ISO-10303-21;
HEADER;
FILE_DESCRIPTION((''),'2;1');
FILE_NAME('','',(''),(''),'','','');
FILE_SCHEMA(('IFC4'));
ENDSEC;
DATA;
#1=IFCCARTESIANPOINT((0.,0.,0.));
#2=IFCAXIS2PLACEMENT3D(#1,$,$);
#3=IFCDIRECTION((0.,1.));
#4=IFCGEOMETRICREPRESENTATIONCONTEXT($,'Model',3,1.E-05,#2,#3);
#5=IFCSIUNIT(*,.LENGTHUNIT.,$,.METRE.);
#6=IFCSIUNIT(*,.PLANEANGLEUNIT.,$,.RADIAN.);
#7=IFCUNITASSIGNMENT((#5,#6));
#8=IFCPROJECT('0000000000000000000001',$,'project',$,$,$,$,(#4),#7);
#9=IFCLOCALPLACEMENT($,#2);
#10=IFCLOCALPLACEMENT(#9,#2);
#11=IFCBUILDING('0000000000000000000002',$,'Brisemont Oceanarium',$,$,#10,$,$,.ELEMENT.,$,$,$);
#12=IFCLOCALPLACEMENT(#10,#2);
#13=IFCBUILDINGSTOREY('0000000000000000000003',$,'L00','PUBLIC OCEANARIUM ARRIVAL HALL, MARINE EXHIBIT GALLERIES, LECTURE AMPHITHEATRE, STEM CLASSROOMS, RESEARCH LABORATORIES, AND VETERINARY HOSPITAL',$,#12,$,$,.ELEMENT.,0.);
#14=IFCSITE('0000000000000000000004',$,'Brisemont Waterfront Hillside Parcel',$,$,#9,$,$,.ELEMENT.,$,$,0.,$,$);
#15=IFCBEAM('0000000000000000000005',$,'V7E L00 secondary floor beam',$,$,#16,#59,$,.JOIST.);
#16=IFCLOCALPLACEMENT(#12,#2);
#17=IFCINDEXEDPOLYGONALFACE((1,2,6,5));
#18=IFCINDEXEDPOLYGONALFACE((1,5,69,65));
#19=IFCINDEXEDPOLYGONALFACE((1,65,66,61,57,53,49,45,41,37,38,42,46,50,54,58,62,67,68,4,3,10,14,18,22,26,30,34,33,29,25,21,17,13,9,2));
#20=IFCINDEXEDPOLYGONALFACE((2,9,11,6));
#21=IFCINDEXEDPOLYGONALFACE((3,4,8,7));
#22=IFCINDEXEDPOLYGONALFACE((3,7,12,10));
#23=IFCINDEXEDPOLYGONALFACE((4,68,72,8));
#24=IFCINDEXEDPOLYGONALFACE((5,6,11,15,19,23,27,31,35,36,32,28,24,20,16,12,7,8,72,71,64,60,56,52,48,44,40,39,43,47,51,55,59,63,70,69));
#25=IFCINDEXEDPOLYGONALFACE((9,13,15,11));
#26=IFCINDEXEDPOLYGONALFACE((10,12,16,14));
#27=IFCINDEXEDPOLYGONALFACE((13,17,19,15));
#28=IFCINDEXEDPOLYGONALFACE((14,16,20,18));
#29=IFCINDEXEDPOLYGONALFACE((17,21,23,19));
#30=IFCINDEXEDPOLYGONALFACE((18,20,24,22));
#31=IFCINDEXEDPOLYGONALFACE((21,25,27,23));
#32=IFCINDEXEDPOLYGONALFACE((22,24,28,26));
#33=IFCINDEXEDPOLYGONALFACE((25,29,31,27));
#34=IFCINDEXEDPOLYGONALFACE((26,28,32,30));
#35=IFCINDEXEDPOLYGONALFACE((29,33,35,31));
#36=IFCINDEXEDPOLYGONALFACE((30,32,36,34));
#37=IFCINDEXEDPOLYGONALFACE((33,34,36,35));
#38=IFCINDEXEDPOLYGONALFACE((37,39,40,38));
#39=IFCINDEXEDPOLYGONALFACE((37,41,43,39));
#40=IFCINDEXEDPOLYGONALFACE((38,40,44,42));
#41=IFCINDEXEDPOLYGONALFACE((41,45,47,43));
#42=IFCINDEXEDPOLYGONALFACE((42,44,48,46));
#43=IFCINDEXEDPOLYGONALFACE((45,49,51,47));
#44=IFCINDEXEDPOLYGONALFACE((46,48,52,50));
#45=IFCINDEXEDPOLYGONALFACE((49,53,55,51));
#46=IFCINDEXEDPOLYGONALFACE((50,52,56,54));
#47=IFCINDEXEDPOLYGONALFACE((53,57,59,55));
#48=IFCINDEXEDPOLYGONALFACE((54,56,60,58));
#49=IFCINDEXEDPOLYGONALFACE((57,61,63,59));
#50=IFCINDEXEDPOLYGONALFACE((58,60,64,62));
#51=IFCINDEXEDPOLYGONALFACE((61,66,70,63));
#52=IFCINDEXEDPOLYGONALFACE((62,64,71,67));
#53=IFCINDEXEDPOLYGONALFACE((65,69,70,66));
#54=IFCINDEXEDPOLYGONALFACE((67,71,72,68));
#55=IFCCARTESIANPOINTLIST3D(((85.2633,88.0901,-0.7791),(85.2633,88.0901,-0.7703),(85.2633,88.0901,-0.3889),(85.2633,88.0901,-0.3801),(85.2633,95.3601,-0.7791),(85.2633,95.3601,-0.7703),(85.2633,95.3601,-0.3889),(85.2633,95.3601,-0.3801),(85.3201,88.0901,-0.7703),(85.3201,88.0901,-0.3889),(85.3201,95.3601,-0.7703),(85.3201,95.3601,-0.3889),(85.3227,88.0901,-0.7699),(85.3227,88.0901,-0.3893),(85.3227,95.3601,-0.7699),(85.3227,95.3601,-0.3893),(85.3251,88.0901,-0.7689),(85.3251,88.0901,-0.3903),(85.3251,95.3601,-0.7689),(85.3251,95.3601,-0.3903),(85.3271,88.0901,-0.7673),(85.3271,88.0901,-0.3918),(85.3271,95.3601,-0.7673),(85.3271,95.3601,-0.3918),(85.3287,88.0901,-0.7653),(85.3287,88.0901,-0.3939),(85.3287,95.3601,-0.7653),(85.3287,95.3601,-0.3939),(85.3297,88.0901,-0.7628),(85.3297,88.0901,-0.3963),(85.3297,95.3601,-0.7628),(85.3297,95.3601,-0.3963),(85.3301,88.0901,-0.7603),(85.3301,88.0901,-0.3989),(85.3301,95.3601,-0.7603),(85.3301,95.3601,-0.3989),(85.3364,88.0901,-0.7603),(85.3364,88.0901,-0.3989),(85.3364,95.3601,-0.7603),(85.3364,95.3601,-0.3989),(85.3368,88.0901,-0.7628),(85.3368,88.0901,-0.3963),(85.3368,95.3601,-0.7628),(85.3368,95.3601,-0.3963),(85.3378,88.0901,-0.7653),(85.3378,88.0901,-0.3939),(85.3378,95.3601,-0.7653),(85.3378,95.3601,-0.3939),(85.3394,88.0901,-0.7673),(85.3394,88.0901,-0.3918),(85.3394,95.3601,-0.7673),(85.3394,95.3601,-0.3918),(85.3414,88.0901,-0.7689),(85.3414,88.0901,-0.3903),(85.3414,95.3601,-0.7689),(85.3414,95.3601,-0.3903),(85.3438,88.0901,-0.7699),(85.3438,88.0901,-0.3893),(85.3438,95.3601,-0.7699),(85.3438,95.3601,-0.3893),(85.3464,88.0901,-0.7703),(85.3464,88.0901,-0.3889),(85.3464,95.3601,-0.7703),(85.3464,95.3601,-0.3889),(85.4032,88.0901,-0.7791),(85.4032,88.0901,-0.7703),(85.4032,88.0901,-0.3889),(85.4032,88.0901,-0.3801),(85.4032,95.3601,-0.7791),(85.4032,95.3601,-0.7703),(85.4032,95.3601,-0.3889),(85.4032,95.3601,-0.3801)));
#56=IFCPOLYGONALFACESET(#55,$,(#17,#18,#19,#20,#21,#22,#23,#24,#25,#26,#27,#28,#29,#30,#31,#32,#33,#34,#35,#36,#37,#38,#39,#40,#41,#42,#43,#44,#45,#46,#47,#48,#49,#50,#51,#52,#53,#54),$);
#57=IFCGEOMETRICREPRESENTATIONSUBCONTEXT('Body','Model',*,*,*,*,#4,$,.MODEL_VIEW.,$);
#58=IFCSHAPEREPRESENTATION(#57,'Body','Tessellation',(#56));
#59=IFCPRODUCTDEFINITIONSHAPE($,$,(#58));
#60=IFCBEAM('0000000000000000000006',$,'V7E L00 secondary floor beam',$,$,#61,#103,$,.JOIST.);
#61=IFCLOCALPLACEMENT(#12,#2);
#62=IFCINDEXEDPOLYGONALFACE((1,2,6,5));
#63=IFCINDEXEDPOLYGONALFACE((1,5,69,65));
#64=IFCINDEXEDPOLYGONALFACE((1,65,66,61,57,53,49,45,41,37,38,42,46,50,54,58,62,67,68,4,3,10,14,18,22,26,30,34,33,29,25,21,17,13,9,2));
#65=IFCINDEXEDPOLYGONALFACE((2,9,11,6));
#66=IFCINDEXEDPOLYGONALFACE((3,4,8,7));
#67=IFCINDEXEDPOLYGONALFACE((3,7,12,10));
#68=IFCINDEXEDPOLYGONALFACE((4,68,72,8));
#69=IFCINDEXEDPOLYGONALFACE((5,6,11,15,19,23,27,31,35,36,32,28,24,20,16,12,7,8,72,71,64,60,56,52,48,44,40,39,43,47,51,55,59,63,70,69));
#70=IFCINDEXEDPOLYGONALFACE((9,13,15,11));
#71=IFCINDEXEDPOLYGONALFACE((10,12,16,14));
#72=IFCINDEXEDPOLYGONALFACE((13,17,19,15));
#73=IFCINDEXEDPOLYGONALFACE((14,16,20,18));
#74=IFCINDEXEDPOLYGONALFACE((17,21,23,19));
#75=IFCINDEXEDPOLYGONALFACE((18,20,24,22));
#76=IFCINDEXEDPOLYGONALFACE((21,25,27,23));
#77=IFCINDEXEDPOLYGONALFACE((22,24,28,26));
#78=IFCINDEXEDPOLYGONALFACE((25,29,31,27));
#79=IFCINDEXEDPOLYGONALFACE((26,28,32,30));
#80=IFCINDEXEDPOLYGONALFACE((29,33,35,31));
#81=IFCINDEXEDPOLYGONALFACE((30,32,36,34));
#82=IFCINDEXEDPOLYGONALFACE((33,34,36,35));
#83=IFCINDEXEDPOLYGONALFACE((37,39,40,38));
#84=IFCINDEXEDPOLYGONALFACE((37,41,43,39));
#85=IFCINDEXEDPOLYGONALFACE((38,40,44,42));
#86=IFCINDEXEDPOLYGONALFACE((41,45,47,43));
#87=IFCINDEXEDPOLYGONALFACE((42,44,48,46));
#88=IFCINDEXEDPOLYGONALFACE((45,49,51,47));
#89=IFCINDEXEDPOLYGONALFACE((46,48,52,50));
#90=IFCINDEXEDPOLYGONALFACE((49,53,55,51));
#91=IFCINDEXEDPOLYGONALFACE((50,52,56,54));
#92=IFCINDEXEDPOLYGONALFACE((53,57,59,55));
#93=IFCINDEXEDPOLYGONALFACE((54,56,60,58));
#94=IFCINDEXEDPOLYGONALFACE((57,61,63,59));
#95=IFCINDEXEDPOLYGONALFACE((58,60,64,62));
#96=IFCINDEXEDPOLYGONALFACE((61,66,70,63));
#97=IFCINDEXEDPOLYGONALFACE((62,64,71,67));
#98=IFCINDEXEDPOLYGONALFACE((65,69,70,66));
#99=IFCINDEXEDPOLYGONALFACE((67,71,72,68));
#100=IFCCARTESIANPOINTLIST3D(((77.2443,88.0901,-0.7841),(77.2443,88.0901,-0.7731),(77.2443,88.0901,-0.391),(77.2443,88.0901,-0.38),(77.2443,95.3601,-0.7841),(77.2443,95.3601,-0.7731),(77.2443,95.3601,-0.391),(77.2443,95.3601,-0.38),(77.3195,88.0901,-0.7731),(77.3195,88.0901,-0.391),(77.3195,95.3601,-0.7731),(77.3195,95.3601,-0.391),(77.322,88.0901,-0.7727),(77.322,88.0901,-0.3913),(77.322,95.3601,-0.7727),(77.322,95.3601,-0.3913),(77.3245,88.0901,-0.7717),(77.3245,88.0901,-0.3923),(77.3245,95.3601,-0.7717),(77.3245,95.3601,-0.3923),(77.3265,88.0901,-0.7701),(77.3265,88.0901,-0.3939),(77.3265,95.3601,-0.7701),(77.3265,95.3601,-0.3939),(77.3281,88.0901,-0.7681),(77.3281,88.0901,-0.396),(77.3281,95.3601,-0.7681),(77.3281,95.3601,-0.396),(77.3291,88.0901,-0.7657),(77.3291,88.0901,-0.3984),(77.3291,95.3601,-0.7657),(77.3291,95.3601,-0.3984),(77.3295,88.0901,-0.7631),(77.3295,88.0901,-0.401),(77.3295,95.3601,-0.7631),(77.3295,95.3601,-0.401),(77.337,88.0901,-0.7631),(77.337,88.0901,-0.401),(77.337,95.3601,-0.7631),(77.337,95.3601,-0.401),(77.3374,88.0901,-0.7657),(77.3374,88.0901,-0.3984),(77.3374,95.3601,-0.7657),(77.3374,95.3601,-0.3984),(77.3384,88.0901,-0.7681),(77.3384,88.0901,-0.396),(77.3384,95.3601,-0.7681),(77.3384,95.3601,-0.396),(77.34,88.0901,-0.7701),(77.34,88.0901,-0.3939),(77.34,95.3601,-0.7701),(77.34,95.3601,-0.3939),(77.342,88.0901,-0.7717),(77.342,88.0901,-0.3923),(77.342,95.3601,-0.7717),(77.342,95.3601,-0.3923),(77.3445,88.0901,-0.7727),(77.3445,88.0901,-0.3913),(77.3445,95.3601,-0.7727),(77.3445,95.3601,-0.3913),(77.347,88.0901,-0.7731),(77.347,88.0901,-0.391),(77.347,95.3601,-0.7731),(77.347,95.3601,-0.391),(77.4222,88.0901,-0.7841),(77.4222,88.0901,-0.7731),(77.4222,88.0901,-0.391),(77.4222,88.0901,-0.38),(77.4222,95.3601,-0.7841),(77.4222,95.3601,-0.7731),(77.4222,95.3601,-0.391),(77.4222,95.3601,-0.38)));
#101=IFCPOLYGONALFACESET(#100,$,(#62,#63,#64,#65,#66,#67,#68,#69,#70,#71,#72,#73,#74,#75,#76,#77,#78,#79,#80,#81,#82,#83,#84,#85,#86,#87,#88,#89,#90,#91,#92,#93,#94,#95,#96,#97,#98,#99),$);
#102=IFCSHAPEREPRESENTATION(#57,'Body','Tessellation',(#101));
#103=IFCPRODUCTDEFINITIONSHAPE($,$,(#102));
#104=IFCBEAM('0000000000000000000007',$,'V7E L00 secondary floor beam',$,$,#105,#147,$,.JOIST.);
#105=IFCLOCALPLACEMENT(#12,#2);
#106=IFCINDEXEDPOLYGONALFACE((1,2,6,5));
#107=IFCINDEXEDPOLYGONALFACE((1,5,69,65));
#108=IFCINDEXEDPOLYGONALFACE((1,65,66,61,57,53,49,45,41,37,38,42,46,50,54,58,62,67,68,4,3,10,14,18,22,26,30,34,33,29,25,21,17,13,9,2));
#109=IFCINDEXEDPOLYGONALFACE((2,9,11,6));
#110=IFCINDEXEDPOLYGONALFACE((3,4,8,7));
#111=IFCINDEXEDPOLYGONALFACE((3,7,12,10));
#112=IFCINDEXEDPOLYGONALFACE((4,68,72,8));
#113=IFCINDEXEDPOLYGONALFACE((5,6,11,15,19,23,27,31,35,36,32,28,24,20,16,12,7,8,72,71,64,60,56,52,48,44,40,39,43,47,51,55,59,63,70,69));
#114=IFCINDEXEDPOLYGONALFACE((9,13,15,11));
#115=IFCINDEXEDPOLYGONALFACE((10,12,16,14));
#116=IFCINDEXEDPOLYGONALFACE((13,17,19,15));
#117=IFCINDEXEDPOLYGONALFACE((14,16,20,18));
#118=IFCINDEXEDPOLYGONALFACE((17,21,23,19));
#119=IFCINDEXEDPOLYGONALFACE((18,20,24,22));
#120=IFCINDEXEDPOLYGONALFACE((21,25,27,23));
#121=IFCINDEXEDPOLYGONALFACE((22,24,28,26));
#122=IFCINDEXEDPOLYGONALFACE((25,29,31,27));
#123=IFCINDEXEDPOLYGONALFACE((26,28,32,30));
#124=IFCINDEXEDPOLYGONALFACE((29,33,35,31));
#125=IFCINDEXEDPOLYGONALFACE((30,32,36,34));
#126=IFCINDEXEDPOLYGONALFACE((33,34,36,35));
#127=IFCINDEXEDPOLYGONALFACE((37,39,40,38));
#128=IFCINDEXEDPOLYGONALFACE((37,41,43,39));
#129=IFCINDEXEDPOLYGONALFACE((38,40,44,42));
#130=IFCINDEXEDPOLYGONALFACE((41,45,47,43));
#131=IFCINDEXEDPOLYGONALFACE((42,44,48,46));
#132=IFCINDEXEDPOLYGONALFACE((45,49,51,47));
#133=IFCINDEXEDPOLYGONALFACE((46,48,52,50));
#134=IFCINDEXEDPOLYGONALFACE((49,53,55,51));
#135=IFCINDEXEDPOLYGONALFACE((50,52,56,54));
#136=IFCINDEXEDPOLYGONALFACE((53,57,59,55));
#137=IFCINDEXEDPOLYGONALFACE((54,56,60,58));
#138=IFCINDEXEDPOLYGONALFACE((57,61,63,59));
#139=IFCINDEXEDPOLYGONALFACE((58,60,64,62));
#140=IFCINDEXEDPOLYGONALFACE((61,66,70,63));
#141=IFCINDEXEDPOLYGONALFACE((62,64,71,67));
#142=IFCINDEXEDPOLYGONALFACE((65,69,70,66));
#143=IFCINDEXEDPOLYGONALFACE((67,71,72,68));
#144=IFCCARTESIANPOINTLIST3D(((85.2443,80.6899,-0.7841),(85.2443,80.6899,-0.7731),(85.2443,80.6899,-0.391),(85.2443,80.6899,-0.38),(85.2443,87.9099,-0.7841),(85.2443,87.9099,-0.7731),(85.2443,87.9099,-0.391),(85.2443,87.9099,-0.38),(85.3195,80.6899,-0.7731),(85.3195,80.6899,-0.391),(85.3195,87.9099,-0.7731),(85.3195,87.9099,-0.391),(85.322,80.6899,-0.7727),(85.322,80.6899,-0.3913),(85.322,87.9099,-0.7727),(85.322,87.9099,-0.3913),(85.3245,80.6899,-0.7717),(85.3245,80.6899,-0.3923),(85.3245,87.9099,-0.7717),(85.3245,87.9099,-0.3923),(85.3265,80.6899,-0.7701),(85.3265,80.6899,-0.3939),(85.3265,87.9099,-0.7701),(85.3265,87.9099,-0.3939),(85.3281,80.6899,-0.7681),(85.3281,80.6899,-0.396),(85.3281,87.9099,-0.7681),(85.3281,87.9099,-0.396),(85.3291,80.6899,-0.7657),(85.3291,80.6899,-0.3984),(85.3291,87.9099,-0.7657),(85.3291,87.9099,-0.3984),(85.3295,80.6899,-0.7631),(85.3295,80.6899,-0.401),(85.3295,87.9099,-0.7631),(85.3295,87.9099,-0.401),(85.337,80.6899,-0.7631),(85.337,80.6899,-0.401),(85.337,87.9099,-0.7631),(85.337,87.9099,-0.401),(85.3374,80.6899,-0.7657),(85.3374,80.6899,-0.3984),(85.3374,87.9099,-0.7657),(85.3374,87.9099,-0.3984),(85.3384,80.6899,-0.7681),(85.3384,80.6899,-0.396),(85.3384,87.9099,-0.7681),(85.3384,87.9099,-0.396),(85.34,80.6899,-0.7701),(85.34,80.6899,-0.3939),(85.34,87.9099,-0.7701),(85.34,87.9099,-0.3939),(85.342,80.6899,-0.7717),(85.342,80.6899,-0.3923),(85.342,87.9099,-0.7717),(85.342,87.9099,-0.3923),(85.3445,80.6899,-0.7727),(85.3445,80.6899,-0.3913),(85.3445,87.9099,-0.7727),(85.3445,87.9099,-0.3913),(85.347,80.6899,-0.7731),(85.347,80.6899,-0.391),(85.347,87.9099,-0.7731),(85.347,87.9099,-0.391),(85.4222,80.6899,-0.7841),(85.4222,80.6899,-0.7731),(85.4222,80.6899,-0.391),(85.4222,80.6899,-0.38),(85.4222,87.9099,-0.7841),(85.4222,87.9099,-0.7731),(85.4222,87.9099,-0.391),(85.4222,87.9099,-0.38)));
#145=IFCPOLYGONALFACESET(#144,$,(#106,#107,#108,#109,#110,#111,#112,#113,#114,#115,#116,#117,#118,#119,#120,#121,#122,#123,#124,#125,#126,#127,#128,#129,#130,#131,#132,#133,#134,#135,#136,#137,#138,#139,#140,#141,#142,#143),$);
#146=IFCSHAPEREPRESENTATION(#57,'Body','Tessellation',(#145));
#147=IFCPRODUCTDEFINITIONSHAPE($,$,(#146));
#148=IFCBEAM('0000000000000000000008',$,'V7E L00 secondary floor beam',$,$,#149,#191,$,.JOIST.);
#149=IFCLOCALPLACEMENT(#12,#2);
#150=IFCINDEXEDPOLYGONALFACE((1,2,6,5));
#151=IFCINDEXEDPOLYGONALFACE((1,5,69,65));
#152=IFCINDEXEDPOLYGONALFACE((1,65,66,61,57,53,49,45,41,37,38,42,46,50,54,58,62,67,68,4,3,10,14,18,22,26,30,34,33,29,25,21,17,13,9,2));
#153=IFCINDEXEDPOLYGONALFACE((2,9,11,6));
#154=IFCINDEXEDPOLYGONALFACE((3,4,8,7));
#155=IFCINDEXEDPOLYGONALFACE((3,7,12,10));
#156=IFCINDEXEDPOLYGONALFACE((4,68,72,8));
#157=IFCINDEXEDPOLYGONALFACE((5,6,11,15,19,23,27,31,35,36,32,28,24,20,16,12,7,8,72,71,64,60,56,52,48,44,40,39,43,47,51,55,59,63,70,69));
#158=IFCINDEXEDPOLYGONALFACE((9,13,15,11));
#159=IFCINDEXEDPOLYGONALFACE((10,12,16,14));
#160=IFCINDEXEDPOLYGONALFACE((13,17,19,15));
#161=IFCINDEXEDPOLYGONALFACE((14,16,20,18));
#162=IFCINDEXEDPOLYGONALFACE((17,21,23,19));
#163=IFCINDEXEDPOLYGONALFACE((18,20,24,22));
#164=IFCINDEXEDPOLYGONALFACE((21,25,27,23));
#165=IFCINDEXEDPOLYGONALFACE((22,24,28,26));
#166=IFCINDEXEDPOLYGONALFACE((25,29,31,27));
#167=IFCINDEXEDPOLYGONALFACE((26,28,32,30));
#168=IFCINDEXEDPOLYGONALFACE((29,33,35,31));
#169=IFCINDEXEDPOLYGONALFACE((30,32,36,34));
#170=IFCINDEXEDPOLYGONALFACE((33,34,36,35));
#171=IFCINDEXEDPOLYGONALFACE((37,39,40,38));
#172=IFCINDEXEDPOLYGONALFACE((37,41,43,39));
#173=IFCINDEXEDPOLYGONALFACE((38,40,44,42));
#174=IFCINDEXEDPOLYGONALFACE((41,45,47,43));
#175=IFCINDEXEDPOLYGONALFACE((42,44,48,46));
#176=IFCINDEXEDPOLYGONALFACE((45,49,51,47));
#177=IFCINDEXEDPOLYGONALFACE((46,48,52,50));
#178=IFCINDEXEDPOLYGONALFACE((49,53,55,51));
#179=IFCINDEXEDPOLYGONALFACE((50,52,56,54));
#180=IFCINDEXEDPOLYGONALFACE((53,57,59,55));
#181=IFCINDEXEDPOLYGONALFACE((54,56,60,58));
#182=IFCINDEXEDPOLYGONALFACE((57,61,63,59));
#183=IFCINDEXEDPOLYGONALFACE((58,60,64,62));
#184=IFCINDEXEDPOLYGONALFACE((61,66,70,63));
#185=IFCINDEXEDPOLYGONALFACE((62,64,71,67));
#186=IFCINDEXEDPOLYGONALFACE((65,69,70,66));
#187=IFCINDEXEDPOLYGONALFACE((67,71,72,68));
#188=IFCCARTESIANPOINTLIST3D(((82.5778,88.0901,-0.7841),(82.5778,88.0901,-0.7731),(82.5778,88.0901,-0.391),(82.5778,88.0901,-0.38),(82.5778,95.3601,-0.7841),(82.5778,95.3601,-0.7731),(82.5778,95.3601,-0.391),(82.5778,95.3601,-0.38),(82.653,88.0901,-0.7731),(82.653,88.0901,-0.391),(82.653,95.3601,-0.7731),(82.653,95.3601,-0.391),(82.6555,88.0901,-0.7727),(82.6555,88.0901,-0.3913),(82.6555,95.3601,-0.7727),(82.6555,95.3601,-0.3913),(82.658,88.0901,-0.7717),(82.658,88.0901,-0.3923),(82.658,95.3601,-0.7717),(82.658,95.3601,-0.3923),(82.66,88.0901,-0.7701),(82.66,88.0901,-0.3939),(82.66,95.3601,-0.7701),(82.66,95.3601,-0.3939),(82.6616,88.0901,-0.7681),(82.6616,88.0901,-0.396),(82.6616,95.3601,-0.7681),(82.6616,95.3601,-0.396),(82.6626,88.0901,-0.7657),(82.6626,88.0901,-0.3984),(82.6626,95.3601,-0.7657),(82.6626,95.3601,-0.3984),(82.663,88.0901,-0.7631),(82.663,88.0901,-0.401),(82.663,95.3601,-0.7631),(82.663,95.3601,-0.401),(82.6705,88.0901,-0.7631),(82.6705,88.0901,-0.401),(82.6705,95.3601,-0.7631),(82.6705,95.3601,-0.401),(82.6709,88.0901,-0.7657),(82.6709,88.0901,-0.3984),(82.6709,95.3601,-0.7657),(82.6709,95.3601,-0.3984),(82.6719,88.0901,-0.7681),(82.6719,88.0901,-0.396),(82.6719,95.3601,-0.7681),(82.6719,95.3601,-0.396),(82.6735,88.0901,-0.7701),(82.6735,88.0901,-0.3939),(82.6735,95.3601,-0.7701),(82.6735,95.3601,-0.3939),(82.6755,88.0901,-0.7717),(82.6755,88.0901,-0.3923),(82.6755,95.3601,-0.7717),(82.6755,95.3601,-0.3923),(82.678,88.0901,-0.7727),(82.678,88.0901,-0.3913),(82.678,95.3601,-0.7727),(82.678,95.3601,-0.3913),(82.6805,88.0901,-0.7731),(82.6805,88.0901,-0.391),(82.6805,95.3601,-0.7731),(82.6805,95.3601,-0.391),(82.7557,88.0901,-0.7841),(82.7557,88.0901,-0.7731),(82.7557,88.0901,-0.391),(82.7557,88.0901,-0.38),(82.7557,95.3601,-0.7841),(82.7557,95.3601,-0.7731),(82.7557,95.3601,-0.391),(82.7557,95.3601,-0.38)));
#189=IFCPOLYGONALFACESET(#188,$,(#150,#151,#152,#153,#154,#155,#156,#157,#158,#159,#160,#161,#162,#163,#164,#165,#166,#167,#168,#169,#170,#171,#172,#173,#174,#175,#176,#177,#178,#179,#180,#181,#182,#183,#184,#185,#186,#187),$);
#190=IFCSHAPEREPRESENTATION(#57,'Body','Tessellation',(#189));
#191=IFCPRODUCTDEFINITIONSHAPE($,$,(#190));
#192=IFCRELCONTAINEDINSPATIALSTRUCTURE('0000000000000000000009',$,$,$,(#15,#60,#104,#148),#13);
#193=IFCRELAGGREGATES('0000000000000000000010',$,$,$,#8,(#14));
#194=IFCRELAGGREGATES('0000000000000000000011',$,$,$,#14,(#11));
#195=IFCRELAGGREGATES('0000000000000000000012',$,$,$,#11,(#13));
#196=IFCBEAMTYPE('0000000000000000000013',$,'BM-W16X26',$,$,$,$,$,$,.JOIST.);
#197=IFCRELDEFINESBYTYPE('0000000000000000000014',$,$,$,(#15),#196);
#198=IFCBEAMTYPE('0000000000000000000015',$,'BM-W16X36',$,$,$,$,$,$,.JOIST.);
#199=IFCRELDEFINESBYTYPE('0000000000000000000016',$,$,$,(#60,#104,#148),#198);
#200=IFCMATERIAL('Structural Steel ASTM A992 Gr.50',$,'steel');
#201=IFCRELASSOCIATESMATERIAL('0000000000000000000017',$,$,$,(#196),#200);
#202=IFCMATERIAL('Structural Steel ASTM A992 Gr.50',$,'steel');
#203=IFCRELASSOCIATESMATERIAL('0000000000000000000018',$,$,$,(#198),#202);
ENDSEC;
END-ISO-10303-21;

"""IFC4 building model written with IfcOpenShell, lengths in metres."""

from ifc_helpers import new_model, si_unit, direction, frame, origin, origin_2d, place, context, subcontext, project, spatial, i_section, extrude, material, material_profile, profile_set, type_object, element, save


model = new_model("IFC4")

# Units and contexts
model_context = context("Model", 3, precision=1e-05, world=origin(), true_north=direction((0.0, 1.0)))
body_context = subcontext(model_context, "Body", "Model", "MODEL_VIEW")
ifc_project = project(units=[si_unit("LENGTHUNIT", "METRE"), si_unit("PLANEANGLEUNIT", "RADIAN")], contexts=[model_context])

# Site, building, storey
site_placement = place(None, origin())
site = spatial("IfcSite", under=ifc_project, at=site_placement, Name="Brisemont Waterfront Hillside Parcel", CompositionType="ELEMENT", RefElevation=0.0)
building_placement = place(site_placement, origin())
building = spatial("IfcBuilding", under=site, at=building_placement, Name="Brisemont Oceanarium", CompositionType="ELEMENT")
storey_placement = place(building_placement, origin())
storey = spatial("IfcBuildingStorey", under=building, at=storey_placement, Name="L00", Description="PUBLIC OCEANARIUM ARRIVAL HALL, MARINE EXHIBIT GALLERIES, LECTURE AMPHITHEATRE, STEM CLASSROOMS, RESEARCH LABORATORIES, AND VETERINARY HOSPITAL", CompositionType="ELEMENT", Elevation=0.0)

# Beams
ifc_material_1 = material(Name="Structural Steel ASTM A992 Gr.50", Category="steel")
ifc_material_profile_1 = material_profile(ifc_material_1, i_section(OverallWidth=0.1399, OverallDepth=0.3989, WebThickness=0.0063, FlangeThickness=0.0088, FilletRadius=0.01, at=origin_2d()), Name="W16X26")
ifc_profile_set_1 = profile_set([ifc_material_profile_1], Name="Structural Steel ASTM A992 Gr.50")
beam_type_1 = type_object("IfcBeamType", Name="BM-W16X26", PredefinedType="JOIST", material=ifc_profile_set_1)
beam_1_placement = place(storey_placement, frame((85.3333, 88.0901, -0.5796), z_axis=(0.0, 1.0, 0.0), x_axis=(-1.0, 0.0, 0.0)))
element("IfcBeam", 1, at=beam_1_placement, inside=storey, type_object=beam_type_1, Name="V7E L00 secondary floor beam", PredefinedType="JOIST", context=body_context, shape_type="SweptSolid", body=[
    extrude(i_section(OverallWidth=0.1399, OverallDepth=0.3989, WebThickness=0.0063, FlangeThickness=0.0088, FilletRadius=0.01, at=origin_2d()), origin(), (0.0, 0.0, 1.0), 7.27),
])
ifc_material_2 = material(Name="Structural Steel ASTM A992 Gr.50", Category="steel")
ifc_material_profile_2 = material_profile(ifc_material_2, i_section(OverallWidth=0.178, OverallDepth=0.4041, WebThickness=0.0076, FlangeThickness=0.011, FilletRadius=0.01, at=origin_2d()), Name="W16X36")
ifc_profile_set_2 = profile_set([ifc_material_profile_2], Name="Structural Steel ASTM A992 Gr.50")
beam_type_2 = type_object("IfcBeamType", Name="BM-W16X36", PredefinedType="JOIST", material=ifc_profile_set_2)
beam_2_placement = place(storey_placement, frame((77.3333, 88.0901, -0.582), z_axis=(0.0, 1.0, 0.0), x_axis=(-1.0, 0.0, 0.0)))
element("IfcBeam", 2, at=beam_2_placement, inside=storey, type_object=beam_type_2, Name="V7E L00 secondary floor beam", PredefinedType="JOIST", context=body_context, shape_type="SweptSolid", body=[
    extrude(i_section(OverallWidth=0.178, OverallDepth=0.4041, WebThickness=0.0076, FlangeThickness=0.011, FilletRadius=0.01, at=origin_2d()), origin(), (0.0, 0.0, 1.0), 7.27),
])
beam_3_placement = place(storey_placement, frame((85.3333, 80.6899, -0.582), z_axis=(0.0, 1.0, 0.0), x_axis=(-1.0, 0.0, 0.0)))
element("IfcBeam", 3, at=beam_3_placement, inside=storey, type_object=beam_type_2, Name="V7E L00 secondary floor beam", PredefinedType="JOIST", context=body_context, shape_type="SweptSolid", body=[
    extrude(i_section(OverallWidth=0.178, OverallDepth=0.4041, WebThickness=0.0076, FlangeThickness=0.011, FilletRadius=0.01, at=origin_2d()), origin(), (0.0, 0.0, 1.0), 7.22),
])
beam_4_placement = place(storey_placement, frame((82.6667, 88.0901, -0.582), z_axis=(0.0, 1.0, 0.0), x_axis=(-1.0, 0.0, 0.0)))
element("IfcBeam", 4, at=beam_4_placement, inside=storey, type_object=beam_type_2, Name="V7E L00 secondary floor beam", PredefinedType="JOIST", context=body_context, shape_type="SweptSolid", body=[
    extrude(i_section(OverallWidth=0.178, OverallDepth=0.4041, WebThickness=0.0076, FlangeThickness=0.011, FilletRadius=0.01, at=origin_2d()), origin(), (0.0, 0.0, 1.0), 7.27),
])

save(model, "model.ifc")
